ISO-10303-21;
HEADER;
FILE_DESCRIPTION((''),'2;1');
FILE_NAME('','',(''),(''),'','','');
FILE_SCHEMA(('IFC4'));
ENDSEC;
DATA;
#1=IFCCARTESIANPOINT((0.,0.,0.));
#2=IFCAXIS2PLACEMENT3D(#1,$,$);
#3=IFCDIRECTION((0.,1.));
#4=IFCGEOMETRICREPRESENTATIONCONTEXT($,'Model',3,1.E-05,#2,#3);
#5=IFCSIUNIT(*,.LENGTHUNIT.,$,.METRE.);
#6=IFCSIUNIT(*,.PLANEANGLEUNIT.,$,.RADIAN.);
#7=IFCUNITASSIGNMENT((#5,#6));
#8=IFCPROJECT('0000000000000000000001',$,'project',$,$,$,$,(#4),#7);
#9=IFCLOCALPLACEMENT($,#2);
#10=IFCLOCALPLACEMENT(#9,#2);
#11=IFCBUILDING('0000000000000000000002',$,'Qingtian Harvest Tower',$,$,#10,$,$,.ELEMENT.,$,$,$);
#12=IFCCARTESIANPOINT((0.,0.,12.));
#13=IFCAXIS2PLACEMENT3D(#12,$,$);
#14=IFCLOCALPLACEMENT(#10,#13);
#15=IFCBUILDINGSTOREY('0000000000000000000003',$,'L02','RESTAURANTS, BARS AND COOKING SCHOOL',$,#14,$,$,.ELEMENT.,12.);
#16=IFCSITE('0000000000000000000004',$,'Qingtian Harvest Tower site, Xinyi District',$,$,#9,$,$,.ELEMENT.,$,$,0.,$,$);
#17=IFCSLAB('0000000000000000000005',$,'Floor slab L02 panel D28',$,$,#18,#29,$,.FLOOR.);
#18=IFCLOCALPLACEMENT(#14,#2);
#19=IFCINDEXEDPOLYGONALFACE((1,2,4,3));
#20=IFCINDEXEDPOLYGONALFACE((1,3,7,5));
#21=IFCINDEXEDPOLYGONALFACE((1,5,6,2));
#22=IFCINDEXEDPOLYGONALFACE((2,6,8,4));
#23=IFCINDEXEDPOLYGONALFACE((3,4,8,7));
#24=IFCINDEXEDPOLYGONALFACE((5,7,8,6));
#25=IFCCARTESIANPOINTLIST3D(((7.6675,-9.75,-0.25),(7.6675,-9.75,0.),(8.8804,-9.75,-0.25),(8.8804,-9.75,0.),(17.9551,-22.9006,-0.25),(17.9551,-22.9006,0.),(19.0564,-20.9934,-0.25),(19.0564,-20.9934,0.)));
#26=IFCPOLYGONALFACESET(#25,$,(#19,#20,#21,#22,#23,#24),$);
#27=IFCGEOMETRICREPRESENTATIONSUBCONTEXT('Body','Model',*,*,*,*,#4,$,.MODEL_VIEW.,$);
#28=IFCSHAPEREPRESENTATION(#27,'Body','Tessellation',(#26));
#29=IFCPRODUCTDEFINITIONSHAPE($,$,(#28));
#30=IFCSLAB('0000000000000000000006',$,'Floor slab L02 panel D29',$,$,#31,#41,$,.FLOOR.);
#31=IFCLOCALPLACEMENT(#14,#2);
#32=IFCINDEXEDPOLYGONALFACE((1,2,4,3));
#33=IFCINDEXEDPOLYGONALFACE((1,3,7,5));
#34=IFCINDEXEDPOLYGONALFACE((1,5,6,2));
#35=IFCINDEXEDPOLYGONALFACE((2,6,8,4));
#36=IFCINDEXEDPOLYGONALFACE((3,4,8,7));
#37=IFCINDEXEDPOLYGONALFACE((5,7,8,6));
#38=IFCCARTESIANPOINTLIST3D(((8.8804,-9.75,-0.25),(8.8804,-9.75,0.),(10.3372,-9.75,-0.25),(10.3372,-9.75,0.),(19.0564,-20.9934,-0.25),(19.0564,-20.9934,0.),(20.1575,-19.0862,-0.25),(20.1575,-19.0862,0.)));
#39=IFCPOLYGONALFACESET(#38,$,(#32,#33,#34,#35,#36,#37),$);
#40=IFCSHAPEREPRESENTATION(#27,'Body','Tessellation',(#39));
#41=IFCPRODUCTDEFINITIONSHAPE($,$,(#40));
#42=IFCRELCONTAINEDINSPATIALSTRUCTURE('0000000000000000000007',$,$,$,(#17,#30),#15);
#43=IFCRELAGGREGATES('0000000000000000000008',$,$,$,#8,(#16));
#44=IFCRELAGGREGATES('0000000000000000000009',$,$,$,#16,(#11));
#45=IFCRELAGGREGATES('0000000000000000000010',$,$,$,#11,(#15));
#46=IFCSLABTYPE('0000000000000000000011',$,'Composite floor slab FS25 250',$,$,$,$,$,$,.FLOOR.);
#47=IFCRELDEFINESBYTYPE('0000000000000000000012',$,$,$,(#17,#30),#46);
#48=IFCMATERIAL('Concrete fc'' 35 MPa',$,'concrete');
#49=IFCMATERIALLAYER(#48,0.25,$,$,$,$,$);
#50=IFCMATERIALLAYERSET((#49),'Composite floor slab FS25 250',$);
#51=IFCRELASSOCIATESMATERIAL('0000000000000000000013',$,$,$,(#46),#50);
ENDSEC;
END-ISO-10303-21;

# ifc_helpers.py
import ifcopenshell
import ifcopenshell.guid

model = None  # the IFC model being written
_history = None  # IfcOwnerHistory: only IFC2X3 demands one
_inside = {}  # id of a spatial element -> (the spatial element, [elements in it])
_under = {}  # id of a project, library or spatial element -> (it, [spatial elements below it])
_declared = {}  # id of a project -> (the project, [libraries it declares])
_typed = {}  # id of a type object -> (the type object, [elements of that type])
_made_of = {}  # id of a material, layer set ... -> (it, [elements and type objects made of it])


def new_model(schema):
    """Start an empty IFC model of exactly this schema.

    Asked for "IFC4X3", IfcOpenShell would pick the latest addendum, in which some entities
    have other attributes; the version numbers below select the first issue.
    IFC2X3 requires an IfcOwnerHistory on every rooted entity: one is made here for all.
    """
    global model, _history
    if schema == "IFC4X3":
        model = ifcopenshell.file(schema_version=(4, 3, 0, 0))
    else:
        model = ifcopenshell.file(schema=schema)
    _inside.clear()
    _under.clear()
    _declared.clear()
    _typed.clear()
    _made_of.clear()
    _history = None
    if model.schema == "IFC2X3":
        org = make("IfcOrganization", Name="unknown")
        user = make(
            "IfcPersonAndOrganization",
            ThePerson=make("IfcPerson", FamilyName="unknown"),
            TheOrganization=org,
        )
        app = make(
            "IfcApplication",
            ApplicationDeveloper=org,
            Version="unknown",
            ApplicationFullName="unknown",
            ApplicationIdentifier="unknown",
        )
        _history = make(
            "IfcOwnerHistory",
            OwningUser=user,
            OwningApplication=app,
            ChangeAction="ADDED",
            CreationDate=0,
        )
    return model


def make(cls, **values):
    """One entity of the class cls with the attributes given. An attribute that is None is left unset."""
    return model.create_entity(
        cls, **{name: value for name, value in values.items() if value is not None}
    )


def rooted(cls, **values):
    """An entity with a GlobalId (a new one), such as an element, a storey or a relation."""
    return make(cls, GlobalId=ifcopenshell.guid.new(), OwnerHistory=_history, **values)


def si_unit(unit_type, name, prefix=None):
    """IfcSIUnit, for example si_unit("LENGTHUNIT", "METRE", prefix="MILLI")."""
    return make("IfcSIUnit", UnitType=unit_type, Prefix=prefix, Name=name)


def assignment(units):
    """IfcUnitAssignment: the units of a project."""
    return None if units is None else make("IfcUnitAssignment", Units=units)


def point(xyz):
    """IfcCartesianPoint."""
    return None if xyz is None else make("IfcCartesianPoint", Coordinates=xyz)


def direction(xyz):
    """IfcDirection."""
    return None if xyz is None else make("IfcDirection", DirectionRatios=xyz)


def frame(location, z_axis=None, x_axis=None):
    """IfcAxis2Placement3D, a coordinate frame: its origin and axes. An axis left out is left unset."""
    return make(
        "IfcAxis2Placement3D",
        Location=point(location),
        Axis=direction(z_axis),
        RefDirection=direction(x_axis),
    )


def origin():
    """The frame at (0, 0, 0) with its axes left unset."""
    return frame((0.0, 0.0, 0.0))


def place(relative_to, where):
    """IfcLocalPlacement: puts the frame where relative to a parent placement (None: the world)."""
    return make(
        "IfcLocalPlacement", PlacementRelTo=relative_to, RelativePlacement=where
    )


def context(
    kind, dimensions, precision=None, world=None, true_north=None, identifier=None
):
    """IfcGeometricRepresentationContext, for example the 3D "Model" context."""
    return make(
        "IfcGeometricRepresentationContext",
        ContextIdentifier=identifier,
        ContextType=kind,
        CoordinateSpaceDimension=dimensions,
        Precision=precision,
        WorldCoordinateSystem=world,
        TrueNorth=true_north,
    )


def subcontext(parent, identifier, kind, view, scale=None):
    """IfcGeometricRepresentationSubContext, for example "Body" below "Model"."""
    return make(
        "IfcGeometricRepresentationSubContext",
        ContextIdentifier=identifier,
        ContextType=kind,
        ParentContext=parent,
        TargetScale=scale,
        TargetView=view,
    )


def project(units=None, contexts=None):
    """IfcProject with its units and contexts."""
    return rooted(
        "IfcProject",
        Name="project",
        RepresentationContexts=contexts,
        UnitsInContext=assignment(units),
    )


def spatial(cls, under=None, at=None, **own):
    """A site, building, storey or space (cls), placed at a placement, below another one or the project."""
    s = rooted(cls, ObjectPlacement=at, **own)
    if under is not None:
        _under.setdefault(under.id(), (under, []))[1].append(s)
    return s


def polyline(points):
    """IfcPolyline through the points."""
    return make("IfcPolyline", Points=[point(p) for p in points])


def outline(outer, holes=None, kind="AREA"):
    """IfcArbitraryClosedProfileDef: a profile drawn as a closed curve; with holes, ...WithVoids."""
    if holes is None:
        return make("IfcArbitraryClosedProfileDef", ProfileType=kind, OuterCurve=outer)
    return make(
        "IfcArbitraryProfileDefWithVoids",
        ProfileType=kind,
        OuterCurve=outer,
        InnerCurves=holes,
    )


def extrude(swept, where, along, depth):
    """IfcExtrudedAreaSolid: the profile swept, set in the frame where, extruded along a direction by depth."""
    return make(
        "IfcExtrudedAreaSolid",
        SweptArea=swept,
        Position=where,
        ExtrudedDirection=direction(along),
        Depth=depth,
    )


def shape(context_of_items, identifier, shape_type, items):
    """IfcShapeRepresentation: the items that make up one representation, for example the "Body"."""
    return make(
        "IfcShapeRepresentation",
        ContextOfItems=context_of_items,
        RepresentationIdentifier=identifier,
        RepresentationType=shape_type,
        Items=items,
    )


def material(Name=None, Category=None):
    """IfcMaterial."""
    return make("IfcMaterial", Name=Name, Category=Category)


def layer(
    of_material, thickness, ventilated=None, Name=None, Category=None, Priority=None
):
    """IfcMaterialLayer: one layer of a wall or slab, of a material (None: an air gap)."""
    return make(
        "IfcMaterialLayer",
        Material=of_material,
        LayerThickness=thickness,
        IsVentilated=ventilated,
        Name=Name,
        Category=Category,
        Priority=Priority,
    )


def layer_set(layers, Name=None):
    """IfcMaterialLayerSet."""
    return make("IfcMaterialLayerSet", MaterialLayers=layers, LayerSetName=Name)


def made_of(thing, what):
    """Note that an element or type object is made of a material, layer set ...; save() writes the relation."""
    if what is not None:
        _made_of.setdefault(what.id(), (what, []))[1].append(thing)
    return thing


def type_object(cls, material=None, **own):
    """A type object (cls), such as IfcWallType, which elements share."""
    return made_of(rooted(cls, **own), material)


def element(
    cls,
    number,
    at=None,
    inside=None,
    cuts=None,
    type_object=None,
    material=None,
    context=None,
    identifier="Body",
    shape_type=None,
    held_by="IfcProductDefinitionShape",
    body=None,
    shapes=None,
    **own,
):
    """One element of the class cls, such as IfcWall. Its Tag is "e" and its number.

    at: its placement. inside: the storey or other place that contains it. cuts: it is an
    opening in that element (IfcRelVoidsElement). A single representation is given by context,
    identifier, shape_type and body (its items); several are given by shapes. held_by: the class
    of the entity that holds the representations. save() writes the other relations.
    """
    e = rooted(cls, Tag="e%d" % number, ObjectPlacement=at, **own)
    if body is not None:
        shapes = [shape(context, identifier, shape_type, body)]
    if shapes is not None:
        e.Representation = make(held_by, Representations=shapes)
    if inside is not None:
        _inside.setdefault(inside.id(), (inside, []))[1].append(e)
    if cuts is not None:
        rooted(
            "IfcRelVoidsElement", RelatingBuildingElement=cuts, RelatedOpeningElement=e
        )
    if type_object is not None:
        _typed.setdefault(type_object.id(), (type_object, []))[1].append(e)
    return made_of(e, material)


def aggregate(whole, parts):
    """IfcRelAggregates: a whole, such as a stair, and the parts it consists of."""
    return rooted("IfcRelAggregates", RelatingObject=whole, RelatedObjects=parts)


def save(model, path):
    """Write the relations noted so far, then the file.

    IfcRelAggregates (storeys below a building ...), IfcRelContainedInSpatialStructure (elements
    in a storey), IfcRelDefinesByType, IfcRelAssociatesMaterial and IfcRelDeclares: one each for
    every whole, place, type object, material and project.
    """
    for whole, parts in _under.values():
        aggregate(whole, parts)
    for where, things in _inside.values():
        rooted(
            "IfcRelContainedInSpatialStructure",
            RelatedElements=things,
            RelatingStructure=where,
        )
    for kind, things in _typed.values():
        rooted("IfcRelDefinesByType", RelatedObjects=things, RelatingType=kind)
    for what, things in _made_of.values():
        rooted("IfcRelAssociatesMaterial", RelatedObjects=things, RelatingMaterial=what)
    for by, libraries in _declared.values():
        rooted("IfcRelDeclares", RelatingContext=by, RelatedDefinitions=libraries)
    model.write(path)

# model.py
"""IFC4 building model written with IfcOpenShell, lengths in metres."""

from ifc_helpers import new_model, si_unit, direction, frame, origin, place, context, subcontext, project, spatial, polyline, outline, extrude, material, layer, layer_set, type_object, element, save


model = new_model("IFC4")

# Units and contexts
model_context = context("Model", 3, precision=1e-05, world=origin(), true_north=direction((0.0, 1.0)))
body_context = subcontext(model_context, "Body", "Model", "MODEL_VIEW")
ifc_project = project(units=[si_unit("LENGTHUNIT", "METRE"), si_unit("PLANEANGLEUNIT", "RADIAN")], contexts=[model_context])

# Site, building, storey
site_placement = place(None, origin())
site = spatial("IfcSite", under=ifc_project, at=site_placement, Name="Qingtian Harvest Tower site, Xinyi District", CompositionType="ELEMENT", RefElevation=0.0)
building_placement = place(site_placement, origin())
building = spatial("IfcBuilding", under=site, at=building_placement, Name="Qingtian Harvest Tower", CompositionType="ELEMENT")
storey_placement = place(building_placement, frame((0.0, 0.0, 12.0)))
storey = spatial("IfcBuildingStorey", under=building, at=storey_placement, Name="L02", Description="RESTAURANTS, BARS AND COOKING SCHOOL", CompositionType="ELEMENT", Elevation=12.0)

# Slabs
ifc_material = material(Name="Concrete fc' 35 MPa", Category="concrete")
ifc_layer = layer(ifc_material, 0.25)
ifc_layer_set = layer_set([ifc_layer], Name="Composite floor slab FS25 250")
slab_type = type_object("IfcSlabType", Name="Composite floor slab FS25 250", PredefinedType="FLOOR", material=ifc_layer_set)
slab_1_placement = place(storey_placement, frame((0.0, 0.0, -0.25)))
element("IfcSlab", 1, at=slab_1_placement, inside=storey, type_object=slab_type, Name="Floor slab L02 panel D28", PredefinedType="FLOOR", context=body_context, shape_type="SweptSolid", body=[
    extrude(outline(polyline([(8.8804, -9.75), (19.0564, -20.9934), (17.9551, -22.9006), (7.6675, -9.75), (8.8804, -9.75)])), origin(), (0.0, 0.0, 1.0), 0.25),
])
slab_2_placement = place(storey_placement, frame((0.0, 0.0, -0.25)))
element("IfcSlab", 2, at=slab_2_placement, inside=storey, type_object=slab_type, Name="Floor slab L02 panel D29", PredefinedType="FLOOR", context=body_context, shape_type="SweptSolid", body=[
    extrude(outline(polyline([(10.3372, -9.75), (20.1575, -19.0862), (19.0564, -20.9934), (8.8804, -9.75), (10.3372, -9.75)])), origin(), (0.0, 0.0, 1.0), 0.25),
])

save(model, "model.ifc")
